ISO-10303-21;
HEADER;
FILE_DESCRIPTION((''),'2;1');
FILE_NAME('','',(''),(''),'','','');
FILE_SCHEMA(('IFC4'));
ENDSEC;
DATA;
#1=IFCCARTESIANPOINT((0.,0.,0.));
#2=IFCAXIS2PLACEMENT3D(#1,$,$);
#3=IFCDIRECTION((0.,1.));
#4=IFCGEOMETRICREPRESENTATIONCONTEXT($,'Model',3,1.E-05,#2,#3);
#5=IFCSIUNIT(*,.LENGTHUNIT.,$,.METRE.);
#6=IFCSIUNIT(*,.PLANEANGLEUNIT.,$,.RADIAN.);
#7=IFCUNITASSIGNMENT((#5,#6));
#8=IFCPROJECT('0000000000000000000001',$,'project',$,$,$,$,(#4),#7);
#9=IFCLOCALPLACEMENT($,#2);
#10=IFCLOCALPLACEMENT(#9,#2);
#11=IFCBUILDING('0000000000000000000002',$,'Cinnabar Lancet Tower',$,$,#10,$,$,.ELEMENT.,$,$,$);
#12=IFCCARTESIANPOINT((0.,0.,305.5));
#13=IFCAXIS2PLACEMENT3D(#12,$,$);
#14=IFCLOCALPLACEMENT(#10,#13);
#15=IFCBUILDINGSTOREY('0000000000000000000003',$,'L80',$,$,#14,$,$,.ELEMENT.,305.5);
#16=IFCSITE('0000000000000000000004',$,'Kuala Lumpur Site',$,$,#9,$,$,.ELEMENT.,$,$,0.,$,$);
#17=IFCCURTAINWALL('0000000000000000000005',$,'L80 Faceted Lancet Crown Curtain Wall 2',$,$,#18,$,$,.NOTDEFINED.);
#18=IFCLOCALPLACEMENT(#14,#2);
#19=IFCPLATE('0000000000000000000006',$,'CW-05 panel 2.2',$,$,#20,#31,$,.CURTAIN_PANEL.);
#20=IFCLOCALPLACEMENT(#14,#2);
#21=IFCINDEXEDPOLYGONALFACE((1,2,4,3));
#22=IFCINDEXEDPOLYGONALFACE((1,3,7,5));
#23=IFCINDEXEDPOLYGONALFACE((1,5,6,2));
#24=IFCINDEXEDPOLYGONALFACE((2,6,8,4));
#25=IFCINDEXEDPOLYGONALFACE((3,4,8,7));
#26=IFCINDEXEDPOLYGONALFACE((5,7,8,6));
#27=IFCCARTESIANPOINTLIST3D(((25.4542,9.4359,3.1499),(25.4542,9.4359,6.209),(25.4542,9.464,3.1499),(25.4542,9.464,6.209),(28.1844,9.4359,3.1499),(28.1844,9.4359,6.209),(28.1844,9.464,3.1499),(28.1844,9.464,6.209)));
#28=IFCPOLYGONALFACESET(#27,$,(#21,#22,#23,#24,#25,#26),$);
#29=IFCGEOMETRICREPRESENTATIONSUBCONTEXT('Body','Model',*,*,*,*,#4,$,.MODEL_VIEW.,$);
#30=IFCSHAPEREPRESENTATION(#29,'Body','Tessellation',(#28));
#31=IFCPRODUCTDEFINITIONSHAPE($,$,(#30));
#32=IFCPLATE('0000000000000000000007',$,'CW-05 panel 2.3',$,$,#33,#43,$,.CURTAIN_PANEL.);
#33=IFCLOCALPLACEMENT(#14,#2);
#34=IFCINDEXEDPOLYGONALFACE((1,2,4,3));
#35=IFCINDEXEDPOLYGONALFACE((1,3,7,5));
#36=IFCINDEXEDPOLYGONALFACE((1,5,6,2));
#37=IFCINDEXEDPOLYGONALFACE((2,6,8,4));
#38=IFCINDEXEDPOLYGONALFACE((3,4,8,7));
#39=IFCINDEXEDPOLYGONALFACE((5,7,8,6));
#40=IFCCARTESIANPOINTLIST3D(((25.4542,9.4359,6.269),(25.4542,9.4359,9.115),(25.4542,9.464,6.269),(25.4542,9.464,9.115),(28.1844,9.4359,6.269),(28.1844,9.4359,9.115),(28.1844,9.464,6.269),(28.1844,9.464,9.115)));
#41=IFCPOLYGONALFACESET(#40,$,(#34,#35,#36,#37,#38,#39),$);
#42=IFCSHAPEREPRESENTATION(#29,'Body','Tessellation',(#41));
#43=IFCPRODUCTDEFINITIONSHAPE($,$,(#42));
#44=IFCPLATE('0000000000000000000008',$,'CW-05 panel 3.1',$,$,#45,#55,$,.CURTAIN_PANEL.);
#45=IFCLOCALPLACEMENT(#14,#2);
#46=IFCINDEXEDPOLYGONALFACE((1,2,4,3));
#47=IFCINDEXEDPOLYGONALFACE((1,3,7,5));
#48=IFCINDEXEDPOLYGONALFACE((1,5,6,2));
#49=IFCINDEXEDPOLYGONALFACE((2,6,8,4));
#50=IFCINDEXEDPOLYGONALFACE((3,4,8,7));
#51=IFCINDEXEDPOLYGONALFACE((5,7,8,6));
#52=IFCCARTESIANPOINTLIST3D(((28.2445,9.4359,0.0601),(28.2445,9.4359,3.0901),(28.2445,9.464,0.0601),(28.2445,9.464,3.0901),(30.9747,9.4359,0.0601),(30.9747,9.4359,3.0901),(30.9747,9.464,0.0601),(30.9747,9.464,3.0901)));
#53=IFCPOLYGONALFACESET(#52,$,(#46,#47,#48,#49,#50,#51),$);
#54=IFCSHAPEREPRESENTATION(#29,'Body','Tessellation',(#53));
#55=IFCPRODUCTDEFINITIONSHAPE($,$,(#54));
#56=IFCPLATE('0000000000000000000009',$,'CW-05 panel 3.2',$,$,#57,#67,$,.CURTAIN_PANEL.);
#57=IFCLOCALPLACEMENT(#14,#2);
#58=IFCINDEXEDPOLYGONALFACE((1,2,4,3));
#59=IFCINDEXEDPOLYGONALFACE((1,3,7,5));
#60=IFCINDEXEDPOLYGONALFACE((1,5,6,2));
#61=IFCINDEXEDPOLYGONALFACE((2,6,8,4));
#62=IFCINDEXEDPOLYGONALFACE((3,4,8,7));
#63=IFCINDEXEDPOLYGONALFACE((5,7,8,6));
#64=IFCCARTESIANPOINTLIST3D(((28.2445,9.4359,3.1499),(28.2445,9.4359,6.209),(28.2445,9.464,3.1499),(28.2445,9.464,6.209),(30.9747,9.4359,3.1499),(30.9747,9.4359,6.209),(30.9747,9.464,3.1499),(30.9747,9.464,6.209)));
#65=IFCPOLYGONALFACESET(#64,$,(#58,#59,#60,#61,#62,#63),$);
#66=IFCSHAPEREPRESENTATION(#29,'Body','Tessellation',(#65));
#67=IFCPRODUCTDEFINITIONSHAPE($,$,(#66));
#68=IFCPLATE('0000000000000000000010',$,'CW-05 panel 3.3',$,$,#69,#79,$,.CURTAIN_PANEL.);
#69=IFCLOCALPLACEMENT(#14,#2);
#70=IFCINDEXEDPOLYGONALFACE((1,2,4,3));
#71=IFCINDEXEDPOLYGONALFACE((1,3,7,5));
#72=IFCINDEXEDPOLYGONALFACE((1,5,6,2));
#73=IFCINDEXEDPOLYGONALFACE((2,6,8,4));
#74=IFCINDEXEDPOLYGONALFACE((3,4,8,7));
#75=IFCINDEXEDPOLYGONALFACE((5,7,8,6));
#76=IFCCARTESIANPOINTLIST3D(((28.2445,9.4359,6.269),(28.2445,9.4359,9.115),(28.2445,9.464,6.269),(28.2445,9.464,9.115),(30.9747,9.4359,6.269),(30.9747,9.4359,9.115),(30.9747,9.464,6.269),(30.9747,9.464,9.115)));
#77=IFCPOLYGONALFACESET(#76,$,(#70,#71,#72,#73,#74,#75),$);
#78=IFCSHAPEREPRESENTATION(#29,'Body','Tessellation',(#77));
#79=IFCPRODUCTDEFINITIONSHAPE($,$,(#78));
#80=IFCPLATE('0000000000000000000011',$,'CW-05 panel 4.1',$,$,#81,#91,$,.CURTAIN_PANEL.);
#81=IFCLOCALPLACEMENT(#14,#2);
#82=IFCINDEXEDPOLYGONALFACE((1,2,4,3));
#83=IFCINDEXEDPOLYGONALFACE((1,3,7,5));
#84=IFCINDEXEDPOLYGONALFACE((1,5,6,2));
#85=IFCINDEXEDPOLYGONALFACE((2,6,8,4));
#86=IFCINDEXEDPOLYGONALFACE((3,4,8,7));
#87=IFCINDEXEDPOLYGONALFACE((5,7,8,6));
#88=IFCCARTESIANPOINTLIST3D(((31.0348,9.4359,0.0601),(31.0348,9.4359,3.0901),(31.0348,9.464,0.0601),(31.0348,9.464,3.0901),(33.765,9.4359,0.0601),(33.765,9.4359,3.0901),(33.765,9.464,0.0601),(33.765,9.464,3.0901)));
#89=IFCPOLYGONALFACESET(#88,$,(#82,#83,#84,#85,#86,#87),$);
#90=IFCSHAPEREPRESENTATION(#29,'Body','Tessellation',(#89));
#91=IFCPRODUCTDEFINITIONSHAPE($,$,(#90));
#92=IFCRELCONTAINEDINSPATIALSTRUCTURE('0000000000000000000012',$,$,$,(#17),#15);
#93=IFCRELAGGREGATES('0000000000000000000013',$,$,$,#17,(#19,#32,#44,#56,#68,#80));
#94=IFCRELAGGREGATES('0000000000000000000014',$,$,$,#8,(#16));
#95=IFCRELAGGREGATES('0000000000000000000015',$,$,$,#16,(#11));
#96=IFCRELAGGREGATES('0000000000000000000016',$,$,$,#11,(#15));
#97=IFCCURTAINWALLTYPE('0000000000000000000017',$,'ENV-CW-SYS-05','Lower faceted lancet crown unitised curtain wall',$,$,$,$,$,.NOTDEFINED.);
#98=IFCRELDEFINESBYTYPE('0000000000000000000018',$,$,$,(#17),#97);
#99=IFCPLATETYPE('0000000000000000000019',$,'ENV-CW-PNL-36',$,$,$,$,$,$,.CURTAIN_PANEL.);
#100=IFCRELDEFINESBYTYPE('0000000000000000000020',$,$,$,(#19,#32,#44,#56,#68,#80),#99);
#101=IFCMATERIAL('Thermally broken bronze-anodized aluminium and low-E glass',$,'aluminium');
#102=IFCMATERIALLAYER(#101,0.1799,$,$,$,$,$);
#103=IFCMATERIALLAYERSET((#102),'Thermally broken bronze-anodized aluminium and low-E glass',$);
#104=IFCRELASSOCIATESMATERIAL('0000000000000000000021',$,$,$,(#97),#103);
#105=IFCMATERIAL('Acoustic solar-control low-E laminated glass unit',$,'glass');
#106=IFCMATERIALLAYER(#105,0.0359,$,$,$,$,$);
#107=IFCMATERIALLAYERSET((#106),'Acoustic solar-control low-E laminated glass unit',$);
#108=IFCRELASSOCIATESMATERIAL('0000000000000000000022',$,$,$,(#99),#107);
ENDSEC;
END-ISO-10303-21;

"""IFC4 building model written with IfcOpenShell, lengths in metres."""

from ifc_helpers import new_model, si_unit, direction, frame, origin, origin_2d, place, context, subcontext, project, spatial, rectangle, extrude, material, layer, layer_set, type_object, element, aggregate, save


model = new_model("IFC4")

# Units and contexts
model_context = context("Model", 3, precision=1e-05, world=origin(), true_north=direction((0.0, 1.0)))
body_context = subcontext(model_context, "Body", "Model", "MODEL_VIEW")
ifc_project = project(units=[si_unit("LENGTHUNIT", "METRE"), si_unit("PLANEANGLEUNIT", "RADIAN")], contexts=[model_context])

# Site, building, storey
site_placement = place(None, origin())
site = spatial("IfcSite", under=ifc_project, at=site_placement, Name="Kuala Lumpur Site", CompositionType="ELEMENT", RefElevation=0.0)
building_placement = place(site_placement, origin())
building = spatial("IfcBuilding", under=site, at=building_placement, Name="Cinnabar Lancet Tower", CompositionType="ELEMENT")
storey_placement = place(building_placement, frame((0.0, 0.0, 305.5)))
storey = spatial("IfcBuildingStorey", under=building, at=storey_placement, Name="L80", CompositionType="ELEMENT", Elevation=305.5)

# Curtain wall, plates
ifc_material_1 = material(Name="Thermally broken bronze-anodized aluminium and low-E glass", Category="aluminium")
ifc_layer_1 = layer(ifc_material_1, 0.1799)
ifc_layer_set_1 = layer_set([ifc_layer_1], Name="Thermally broken bronze-anodized aluminium and low-E glass")
curtain_wall_type = type_object("IfcCurtainWallType", Name="ENV-CW-SYS-05", Description="Lower faceted lancet crown unitised curtain wall", PredefinedType="NOTDEFINED", material=ifc_layer_set_1)
curtain_wall_placement = place(storey_placement, origin())
curtain_wall = element("IfcCurtainWall", 1, at=curtain_wall_placement, inside=storey, type_object=curtain_wall_type, Name="L80 Faceted Lancet Crown Curtain Wall 2", PredefinedType="NOTDEFINED")
ifc_material_2 = material(Name="Acoustic solar-control low-E laminated glass unit", Category="glass")
ifc_layer_2 = layer(ifc_material_2, 0.0359)
ifc_layer_set_2 = layer_set([ifc_layer_2], Name="Acoustic solar-control low-E laminated glass unit")
plate_type = type_object("IfcPlateType", Name="ENV-CW-PNL-36", PredefinedType="CURTAIN_PANEL", material=ifc_layer_set_2)
plate_1_placement = place(storey_placement, frame((26.8193, 9.45, 3.1499), z_axis=(0.0, 0.0, 1.0), x_axis=(1.0, 0.0, 0.0)))
plate_1 = element("IfcPlate", 2, at=plate_1_placement, type_object=plate_type, Name="CW-05 panel 2.2", PredefinedType="CURTAIN_PANEL", context=body_context, shape_type="SweptSolid", body=[
    extrude(rectangle(XDim=2.7302, YDim=0.0281, at=origin_2d()), origin(), (0.0, 0.0, 1.0), 3.0591),
])
plate_2_placement = place(storey_placement, frame((26.8193, 9.45, 6.269), z_axis=(0.0, 0.0, 1.0), x_axis=(1.0, 0.0, 0.0)))
plate_2 = element("IfcPlate", 3, at=plate_2_placement, type_object=plate_type, Name="CW-05 panel 2.3", PredefinedType="CURTAIN_PANEL", context=body_context, shape_type="SweptSolid", body=[
    extrude(rectangle(XDim=2.7302, YDim=0.0281, at=origin_2d()), origin(), (0.0, 0.0, 1.0), 2.8459),
])
plate_3_placement = place(storey_placement, frame((29.6096, 9.45, 0.0601), z_axis=(0.0, 0.0, 1.0), x_axis=(1.0, 0.0, 0.0)))
plate_3 = element("IfcPlate", 4, at=plate_3_placement, type_object=plate_type, Name="CW-05 panel 3.1", PredefinedType="CURTAIN_PANEL", context=body_context, shape_type="SweptSolid", body=[
    extrude(rectangle(XDim=2.7302, YDim=0.0281, at=origin_2d()), origin(), (0.0, 0.0, 1.0), 3.03),
])
plate_4_placement = place(storey_placement, frame((29.6096, 9.45, 3.1499), z_axis=(0.0, 0.0, 1.0), x_axis=(1.0, 0.0, 0.0)))
plate_4 = element("IfcPlate", 5, at=plate_4_placement, type_object=plate_type, Name="CW-05 panel 3.2", PredefinedType="CURTAIN_PANEL", context=body_context, shape_type="SweptSolid", body=[
    extrude(rectangle(XDim=2.7302, YDim=0.0281, at=origin_2d()), origin(), (0.0, 0.0, 1.0), 3.0591),
])
plate_5_placement = place(storey_placement, frame((29.6096, 9.45, 6.269), z_axis=(0.0, 0.0, 1.0), x_axis=(1.0, 0.0, 0.0)))
plate_5 = element("IfcPlate", 6, at=plate_5_placement, type_object=plate_type, Name="CW-05 panel 3.3", PredefinedType="CURTAIN_PANEL", context=body_context, shape_type="SweptSolid", body=[
    extrude(rectangle(XDim=2.7302, YDim=0.0281, at=origin_2d()), origin(), (0.0, 0.0, 1.0), 2.8459),
])
plate_6_placement = place(storey_placement, frame((32.3999, 9.45, 0.0601), z_axis=(0.0, 0.0, 1.0), x_axis=(1.0, 0.0, 0.0)))
plate_6 = element("IfcPlate", 7, at=plate_6_placement, type_object=plate_type, Name="CW-05 panel 4.1", PredefinedType="CURTAIN_PANEL", context=body_context, shape_type="SweptSolid", body=[
    extrude(rectangle(XDim=2.7302, YDim=0.0281, at=origin_2d()), origin(), (0.0, 0.0, 1.0), 3.03),
])
aggregate(curtain_wall, [plate_1, plate_2, plate_3, plate_4, plate_5, plate_6])

save(model, "model.ifc")
